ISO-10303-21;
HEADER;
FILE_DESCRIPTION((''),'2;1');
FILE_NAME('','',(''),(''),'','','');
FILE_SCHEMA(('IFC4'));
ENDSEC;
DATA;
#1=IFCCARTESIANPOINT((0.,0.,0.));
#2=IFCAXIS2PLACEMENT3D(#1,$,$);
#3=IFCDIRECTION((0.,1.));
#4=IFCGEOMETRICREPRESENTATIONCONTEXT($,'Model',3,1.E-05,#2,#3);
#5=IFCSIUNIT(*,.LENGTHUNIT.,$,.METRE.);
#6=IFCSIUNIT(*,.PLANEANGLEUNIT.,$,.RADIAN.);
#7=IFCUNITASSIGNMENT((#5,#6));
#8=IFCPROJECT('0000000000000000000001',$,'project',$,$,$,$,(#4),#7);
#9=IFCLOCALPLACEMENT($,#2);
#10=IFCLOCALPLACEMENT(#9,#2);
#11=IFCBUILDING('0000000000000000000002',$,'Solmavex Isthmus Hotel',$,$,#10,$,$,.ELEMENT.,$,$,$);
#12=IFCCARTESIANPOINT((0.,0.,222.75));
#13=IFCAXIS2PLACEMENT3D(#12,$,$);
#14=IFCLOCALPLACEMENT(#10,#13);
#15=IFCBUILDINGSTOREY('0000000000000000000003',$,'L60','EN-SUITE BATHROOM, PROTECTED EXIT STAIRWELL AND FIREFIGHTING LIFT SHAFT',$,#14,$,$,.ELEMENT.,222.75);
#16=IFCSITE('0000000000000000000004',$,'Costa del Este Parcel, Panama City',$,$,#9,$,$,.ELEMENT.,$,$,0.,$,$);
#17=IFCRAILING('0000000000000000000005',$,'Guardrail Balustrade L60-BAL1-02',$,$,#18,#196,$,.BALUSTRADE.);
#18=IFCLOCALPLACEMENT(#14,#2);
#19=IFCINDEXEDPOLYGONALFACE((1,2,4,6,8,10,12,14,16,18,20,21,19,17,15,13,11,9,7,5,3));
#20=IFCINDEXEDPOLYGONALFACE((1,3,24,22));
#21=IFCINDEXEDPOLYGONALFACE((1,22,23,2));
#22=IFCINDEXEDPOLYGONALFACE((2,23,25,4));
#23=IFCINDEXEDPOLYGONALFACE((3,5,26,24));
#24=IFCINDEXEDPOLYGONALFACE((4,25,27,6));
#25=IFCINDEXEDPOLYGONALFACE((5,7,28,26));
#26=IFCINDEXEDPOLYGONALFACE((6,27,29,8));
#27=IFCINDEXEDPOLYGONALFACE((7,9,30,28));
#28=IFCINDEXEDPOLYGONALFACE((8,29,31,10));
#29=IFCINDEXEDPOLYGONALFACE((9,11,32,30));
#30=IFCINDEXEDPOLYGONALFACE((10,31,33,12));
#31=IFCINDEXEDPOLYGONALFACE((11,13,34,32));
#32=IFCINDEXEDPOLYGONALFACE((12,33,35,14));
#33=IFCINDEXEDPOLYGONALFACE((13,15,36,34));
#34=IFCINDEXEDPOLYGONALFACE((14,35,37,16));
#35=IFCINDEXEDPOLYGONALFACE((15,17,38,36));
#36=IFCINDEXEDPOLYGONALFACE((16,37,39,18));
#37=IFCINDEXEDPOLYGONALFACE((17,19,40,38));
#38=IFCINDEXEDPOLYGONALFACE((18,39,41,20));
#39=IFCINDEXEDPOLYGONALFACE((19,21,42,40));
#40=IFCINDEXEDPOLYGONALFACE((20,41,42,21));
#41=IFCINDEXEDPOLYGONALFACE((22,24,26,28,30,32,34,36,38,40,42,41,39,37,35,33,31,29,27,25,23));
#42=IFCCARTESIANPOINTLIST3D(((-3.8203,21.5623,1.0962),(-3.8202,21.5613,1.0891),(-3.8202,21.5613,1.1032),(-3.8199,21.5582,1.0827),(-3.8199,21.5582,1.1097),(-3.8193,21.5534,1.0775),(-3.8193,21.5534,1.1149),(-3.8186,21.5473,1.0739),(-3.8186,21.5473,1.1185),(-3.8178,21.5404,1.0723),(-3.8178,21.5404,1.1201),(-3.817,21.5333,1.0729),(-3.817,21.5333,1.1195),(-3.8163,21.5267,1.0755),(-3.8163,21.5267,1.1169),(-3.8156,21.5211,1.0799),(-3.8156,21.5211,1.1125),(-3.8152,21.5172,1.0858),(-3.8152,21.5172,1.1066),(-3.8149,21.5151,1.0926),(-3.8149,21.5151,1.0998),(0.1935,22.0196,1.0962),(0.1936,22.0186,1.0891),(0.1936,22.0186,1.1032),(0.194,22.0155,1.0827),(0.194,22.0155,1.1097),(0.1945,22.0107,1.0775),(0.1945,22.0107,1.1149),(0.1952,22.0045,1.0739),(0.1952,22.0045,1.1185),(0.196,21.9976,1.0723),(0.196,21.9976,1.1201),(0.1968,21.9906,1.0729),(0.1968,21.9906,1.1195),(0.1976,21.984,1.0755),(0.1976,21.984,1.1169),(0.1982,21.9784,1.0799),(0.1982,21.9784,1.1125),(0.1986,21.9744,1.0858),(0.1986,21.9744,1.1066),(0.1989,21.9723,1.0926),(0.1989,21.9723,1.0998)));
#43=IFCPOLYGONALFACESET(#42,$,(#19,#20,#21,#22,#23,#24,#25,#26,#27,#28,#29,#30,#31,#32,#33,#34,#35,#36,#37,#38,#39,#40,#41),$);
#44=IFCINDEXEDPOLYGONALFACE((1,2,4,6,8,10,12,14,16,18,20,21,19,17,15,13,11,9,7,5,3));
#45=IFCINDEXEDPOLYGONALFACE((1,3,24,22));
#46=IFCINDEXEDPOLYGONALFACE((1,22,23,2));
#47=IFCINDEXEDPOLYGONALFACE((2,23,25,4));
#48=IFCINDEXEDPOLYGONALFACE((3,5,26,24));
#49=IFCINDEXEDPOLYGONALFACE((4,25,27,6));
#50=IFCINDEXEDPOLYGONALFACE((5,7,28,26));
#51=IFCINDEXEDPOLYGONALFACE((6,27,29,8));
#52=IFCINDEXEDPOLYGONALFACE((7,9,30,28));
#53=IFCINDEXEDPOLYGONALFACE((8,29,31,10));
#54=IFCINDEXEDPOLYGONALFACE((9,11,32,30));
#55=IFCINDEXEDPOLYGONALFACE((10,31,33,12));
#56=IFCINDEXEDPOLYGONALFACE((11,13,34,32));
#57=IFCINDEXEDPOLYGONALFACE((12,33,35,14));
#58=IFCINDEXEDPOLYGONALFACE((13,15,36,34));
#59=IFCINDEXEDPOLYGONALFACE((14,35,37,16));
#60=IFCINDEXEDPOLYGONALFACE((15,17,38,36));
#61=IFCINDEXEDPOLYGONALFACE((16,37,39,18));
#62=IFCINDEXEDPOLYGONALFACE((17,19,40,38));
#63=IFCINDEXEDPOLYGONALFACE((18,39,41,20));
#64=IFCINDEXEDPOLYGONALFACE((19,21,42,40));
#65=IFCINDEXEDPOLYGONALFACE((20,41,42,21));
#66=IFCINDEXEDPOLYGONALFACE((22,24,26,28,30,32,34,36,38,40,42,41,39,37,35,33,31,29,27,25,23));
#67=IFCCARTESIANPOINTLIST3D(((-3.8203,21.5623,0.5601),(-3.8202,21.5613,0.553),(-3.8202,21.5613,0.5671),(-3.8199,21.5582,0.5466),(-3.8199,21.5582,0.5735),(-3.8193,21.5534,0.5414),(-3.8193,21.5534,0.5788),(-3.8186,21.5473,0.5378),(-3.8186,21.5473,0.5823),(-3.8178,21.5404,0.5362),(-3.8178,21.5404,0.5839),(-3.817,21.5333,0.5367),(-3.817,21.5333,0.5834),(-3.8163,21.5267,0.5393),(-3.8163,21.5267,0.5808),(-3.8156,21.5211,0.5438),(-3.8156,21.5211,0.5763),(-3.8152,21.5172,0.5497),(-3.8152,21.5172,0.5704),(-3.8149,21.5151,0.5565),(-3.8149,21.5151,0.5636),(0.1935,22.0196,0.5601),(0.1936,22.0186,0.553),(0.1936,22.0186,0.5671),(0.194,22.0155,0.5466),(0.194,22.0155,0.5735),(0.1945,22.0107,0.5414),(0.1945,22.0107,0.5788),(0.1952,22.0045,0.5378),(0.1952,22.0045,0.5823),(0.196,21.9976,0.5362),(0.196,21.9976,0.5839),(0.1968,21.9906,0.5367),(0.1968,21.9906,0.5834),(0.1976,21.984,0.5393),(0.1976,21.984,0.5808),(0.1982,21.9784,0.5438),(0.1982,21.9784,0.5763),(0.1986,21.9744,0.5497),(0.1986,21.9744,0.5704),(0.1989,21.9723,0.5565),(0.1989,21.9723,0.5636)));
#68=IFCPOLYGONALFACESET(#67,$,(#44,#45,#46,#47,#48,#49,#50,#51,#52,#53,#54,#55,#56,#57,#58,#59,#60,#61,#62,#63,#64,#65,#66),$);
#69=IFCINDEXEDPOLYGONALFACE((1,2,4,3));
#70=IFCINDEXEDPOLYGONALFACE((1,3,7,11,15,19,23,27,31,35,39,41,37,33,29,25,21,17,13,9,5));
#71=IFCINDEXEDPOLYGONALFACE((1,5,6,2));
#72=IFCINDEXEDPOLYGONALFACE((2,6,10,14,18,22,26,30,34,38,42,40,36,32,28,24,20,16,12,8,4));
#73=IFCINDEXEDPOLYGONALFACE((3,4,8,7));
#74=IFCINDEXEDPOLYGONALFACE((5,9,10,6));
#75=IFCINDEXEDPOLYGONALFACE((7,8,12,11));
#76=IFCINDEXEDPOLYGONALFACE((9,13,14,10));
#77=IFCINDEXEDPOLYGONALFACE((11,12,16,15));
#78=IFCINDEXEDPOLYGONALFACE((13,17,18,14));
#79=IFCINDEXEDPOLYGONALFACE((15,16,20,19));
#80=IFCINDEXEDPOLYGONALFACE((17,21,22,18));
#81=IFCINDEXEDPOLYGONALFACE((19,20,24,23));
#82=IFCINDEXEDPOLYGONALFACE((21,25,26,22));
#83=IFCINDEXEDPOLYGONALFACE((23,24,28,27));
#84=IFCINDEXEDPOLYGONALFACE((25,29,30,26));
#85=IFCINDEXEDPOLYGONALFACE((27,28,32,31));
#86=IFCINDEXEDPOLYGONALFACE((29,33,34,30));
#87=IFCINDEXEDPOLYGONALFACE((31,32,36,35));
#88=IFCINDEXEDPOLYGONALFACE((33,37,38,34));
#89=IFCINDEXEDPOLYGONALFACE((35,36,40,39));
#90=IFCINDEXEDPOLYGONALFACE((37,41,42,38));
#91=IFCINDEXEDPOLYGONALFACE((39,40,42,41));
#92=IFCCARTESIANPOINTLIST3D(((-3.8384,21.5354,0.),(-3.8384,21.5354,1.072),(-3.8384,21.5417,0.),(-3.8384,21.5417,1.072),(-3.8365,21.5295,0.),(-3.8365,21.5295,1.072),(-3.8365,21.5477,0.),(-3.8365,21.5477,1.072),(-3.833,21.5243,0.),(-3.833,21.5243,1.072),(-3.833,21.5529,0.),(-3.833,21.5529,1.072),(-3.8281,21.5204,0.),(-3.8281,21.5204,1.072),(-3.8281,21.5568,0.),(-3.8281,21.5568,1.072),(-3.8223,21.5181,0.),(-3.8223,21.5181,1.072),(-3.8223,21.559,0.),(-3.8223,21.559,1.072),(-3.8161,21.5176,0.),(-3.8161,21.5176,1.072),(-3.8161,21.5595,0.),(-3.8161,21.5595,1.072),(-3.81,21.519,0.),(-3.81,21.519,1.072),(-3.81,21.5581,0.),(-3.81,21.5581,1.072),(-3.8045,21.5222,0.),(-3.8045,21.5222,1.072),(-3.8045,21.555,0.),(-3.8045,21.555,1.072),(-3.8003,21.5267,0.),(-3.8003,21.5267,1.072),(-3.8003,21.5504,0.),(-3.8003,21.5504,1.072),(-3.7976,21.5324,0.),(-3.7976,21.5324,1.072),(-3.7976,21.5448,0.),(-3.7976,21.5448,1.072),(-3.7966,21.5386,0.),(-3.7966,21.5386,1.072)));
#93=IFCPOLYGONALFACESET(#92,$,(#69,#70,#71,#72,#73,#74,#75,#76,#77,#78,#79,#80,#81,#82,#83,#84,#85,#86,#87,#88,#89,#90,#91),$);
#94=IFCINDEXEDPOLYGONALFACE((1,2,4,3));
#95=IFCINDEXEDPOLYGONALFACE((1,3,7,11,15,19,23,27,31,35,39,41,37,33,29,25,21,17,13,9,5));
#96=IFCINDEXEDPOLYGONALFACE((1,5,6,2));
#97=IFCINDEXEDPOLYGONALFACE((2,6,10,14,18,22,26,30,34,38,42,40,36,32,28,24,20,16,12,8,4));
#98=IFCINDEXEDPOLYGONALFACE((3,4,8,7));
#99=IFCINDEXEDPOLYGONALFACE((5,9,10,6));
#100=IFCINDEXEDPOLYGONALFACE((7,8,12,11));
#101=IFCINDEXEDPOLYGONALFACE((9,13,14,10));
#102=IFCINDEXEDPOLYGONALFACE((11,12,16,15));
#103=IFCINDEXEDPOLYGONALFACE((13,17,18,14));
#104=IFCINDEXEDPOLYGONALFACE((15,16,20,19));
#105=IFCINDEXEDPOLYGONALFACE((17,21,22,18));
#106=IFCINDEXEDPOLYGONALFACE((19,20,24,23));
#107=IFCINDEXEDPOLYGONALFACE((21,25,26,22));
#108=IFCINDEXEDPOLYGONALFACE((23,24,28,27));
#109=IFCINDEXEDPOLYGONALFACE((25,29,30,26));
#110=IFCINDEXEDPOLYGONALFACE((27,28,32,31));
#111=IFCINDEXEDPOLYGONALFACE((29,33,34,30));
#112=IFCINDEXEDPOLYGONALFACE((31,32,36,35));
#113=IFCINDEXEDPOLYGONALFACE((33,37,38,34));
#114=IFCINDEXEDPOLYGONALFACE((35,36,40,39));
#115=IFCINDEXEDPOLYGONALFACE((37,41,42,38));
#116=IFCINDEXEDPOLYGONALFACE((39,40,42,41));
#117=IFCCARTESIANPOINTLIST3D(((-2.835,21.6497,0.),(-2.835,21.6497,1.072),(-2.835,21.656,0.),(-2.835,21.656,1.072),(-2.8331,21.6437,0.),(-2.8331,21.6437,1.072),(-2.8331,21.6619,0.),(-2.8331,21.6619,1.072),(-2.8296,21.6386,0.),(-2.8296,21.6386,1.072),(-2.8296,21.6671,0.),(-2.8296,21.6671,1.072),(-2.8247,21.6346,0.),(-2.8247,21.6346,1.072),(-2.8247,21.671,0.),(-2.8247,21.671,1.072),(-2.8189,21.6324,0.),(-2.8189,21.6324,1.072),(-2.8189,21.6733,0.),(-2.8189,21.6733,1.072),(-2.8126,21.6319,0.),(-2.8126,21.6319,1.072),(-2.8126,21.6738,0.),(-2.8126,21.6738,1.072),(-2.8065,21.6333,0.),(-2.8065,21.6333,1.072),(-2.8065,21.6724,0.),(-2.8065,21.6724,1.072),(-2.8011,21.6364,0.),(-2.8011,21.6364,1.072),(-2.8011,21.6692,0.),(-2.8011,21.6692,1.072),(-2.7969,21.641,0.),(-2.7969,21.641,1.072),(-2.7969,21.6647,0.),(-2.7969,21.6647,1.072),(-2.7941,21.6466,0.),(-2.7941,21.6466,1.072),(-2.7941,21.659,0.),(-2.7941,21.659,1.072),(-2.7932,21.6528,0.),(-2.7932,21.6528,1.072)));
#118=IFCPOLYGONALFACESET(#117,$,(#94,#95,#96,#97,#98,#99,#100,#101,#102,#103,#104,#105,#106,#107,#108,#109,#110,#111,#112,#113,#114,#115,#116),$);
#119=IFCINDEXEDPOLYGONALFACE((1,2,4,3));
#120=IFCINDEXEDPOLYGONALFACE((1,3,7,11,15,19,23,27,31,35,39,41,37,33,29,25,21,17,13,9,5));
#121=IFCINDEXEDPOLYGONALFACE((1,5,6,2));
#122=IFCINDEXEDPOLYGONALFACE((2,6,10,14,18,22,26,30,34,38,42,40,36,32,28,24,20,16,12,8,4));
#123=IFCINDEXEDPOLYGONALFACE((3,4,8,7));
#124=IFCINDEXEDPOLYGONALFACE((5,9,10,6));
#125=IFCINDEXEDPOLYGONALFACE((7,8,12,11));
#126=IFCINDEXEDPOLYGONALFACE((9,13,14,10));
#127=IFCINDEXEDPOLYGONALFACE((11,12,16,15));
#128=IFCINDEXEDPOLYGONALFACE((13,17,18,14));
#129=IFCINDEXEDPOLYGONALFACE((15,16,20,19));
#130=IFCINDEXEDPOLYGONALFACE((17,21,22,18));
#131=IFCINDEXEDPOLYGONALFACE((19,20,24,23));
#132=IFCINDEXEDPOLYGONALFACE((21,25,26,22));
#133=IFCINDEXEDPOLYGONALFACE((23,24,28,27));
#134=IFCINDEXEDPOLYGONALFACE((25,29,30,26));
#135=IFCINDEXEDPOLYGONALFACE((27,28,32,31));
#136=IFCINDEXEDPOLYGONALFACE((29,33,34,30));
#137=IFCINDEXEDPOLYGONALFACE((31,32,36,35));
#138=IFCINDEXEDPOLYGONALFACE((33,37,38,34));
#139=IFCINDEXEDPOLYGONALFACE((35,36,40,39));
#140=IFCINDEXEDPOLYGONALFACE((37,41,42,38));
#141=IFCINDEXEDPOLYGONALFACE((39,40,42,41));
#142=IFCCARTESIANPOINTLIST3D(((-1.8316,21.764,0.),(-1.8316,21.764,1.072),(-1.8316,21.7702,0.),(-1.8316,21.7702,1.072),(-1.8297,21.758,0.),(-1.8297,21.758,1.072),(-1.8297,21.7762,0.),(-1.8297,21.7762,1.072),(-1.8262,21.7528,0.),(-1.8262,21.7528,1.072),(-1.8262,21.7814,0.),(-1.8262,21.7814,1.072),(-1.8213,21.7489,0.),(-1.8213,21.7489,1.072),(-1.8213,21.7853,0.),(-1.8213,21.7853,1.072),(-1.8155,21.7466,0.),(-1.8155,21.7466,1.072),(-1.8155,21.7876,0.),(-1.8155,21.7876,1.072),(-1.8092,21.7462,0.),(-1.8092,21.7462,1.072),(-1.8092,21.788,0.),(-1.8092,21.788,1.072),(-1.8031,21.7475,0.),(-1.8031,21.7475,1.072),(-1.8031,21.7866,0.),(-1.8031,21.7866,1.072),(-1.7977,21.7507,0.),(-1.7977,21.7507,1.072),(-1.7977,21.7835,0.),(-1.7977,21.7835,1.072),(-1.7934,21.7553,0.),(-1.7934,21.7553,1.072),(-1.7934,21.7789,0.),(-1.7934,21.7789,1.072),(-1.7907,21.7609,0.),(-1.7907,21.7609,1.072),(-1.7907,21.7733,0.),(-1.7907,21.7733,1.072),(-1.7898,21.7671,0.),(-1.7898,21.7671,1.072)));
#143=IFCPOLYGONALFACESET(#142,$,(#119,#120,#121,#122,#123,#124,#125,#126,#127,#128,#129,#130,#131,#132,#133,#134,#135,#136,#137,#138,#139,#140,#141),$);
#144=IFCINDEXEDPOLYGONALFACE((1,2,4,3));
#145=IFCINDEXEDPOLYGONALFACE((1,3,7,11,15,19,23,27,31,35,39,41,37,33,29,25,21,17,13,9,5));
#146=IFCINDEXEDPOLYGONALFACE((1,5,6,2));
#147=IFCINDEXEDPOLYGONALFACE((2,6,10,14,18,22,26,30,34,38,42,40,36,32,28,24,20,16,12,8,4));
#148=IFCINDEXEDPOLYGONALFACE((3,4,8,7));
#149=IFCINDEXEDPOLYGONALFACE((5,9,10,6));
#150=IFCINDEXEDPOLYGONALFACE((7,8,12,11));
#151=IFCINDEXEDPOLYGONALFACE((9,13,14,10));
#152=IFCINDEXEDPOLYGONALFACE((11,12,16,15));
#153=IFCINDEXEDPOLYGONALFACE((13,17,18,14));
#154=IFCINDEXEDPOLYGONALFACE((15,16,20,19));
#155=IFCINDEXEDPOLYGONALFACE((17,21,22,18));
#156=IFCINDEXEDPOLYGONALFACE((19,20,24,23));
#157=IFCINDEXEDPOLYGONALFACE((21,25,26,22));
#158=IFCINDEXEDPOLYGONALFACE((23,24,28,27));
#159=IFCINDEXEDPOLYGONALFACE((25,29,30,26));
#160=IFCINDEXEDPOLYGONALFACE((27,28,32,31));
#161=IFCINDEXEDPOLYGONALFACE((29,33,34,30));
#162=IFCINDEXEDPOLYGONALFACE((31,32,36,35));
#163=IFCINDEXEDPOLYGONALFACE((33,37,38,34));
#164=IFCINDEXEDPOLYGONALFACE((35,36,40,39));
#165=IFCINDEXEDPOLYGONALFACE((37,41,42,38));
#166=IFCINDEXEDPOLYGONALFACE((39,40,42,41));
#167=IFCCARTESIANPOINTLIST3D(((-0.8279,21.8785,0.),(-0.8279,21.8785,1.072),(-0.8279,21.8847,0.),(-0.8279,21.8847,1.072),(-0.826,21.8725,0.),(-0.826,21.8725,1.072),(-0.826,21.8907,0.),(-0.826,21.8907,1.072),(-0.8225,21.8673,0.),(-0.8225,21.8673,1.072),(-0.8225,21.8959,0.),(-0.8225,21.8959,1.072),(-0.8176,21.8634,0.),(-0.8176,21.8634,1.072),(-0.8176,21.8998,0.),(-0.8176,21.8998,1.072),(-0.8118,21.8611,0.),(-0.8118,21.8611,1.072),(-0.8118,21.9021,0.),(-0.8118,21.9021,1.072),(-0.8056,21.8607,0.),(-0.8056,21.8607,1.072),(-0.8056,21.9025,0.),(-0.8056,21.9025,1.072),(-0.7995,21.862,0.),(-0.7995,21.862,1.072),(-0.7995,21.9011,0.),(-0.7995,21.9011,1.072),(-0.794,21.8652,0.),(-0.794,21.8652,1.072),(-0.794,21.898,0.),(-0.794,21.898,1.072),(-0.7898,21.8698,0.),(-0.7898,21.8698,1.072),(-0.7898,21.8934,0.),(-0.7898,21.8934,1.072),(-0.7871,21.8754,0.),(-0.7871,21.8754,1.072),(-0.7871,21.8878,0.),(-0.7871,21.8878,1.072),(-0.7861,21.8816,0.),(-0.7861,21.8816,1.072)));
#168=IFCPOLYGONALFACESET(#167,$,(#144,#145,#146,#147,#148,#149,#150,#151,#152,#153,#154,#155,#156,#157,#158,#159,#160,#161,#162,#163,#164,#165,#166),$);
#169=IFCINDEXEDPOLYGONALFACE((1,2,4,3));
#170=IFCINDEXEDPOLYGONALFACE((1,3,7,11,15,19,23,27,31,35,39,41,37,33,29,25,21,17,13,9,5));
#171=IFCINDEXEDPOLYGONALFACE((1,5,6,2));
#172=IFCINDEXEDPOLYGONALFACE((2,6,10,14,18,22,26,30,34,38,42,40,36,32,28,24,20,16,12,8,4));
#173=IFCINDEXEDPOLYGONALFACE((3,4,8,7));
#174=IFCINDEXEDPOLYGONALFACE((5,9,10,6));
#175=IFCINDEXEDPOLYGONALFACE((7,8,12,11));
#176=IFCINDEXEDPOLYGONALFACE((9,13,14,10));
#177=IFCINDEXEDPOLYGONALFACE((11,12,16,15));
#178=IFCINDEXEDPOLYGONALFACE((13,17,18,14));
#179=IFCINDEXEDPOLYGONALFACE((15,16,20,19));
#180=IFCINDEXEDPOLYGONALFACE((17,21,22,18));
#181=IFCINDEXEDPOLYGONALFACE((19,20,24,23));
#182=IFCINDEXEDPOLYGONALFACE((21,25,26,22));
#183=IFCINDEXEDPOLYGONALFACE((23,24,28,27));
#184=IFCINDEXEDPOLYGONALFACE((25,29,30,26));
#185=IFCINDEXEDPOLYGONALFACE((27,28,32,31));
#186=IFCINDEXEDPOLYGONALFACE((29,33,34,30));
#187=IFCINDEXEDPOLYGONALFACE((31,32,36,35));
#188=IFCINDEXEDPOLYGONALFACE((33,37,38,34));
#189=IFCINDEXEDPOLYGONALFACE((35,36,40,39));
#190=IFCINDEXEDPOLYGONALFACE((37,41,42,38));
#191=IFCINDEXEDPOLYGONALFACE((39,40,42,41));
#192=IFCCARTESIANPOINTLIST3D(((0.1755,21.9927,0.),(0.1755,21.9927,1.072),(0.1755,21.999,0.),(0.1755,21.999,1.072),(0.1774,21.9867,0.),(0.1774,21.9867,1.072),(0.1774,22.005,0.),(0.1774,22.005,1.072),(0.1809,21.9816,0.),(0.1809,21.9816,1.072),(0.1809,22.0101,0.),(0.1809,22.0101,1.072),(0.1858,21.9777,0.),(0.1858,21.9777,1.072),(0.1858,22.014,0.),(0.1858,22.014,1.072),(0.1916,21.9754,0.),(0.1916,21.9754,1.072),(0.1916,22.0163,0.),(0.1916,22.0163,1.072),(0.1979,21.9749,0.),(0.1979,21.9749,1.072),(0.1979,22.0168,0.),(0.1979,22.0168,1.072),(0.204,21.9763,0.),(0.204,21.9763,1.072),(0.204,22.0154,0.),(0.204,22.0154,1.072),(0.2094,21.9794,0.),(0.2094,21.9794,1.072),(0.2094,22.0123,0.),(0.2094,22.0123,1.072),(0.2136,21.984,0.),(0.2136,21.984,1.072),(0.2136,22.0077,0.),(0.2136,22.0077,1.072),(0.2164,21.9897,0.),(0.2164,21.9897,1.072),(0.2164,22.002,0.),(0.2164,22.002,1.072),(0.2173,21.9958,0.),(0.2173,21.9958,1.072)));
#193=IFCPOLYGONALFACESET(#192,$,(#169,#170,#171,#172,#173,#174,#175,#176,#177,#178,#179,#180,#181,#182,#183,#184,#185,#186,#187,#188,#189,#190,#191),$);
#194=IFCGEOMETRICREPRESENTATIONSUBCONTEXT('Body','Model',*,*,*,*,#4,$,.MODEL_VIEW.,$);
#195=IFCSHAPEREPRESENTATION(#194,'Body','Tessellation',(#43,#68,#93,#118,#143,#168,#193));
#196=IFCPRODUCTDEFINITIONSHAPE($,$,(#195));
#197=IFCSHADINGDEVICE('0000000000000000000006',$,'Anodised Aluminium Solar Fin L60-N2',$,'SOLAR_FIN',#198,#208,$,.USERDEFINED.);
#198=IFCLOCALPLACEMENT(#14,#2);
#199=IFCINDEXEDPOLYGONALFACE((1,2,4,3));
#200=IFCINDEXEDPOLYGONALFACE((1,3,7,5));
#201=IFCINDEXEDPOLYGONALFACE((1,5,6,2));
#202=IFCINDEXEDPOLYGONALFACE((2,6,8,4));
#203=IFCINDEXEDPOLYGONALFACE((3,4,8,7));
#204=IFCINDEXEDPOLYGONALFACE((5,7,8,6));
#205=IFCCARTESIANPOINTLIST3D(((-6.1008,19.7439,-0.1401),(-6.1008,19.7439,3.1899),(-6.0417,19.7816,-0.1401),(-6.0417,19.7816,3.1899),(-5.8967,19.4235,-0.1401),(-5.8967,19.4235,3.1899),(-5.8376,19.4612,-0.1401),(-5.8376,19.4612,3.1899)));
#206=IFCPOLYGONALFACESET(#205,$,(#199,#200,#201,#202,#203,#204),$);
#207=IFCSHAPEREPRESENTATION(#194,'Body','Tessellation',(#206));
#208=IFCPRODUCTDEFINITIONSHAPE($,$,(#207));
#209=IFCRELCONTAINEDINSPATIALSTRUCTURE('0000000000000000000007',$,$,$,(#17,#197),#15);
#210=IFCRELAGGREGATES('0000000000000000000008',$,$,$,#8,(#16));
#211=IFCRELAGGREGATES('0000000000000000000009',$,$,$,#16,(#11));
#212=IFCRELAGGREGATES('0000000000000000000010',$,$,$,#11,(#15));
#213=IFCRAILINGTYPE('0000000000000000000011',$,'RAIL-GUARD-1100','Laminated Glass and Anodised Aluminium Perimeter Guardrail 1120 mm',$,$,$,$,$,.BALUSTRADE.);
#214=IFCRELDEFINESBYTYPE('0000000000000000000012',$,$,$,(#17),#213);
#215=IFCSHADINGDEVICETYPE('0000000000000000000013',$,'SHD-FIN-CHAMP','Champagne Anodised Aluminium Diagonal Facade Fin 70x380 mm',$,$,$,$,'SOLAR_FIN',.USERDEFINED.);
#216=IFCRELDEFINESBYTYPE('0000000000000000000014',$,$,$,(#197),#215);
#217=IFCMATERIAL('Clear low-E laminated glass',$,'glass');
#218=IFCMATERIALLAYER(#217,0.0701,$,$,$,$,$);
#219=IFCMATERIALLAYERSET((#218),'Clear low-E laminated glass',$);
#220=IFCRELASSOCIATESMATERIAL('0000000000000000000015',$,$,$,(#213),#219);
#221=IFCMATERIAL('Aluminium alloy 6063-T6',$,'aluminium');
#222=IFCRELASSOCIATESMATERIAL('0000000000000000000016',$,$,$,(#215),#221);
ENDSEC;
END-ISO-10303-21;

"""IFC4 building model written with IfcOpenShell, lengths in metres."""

from ifc_helpers import new_model, si_unit, direction, frame, origin, origin_2d, place, context, subcontext, project, spatial, rectangle, circle, extrude, material, layer, layer_set, type_object, element, save


model = new_model("IFC4")

# Units and contexts
model_context = context("Model", 3, precision=1e-05, world=origin(), true_north=direction((0.0, 1.0)))
body_context = subcontext(model_context, "Body", "Model", "MODEL_VIEW")
ifc_project = project(units=[si_unit("LENGTHUNIT", "METRE"), si_unit("PLANEANGLEUNIT", "RADIAN")], contexts=[model_context])

# Site, building, storey
site_placement = place(None, origin())
site = spatial("IfcSite", under=ifc_project, at=site_placement, Name="Costa del Este Parcel, Panama City", CompositionType="ELEMENT", RefElevation=0.0)
building_placement = place(site_placement, origin())
building = spatial("IfcBuilding", under=site, at=building_placement, Name="Solmavex Isthmus Hotel", CompositionType="ELEMENT")
storey_placement = place(building_placement, frame((0.0, 0.0, 222.75)))
storey = spatial("IfcBuildingStorey", under=building, at=storey_placement, Name="L60", Description="EN-SUITE BATHROOM, PROTECTED EXIT STAIRWELL AND FIREFIGHTING LIFT SHAFT", CompositionType="ELEMENT", Elevation=222.75)

# Shared definitions
ifc_material_1 = material(Name="Aluminium alloy 6063-T6", Category="aluminium")

# Shared definitions
ifc_material_2 = material(Name="Clear low-E laminated glass", Category="glass")

# Railing
ifc_layer_1 = layer(ifc_material_2, 0.0701)
ifc_layer_set_1 = layer_set([ifc_layer_1], Name="Clear low-E laminated glass")
railing_type = type_object("IfcRailingType", Name="RAIL-GUARD-1100", Description="Laminated Glass and Anodised Aluminium Perimeter Guardrail 1120 mm", PredefinedType="BALUSTRADE", material=ifc_layer_set_1)
railing_1_placement = place(storey_placement, frame((-3.8176, 21.5386, 0.0)))
element("IfcRailing", 1, at=railing_1_placement, inside=storey, type_object=railing_type, Name="Guardrail Balustrade L60-BAL1-02", PredefinedType="BALUSTRADE", context=body_context, shape_type="SweptSolid", body=[
    extrude(circle(Radius=0.0239, at=origin_2d()), frame((0.0, 0.0, 1.0962), z_axis=(0.993573, 0.11319, 0.0), x_axis=(-0.11319, 0.993573, 0.0)), (0.0, 0.0, 1.0), 4.0398),
    extrude(circle(Radius=0.0239, at=origin_2d()), frame((0.0, 0.0, 0.5601), z_axis=(0.993573, 0.11319, 0.0), x_axis=(-0.11319, 0.993573, 0.0)), (0.0, 0.0, 1.0), 4.0398),
    extrude(circle(Radius=0.021, at=origin_2d()), origin(), (0.0, 0.0, 1.0), 1.072),
    extrude(circle(Radius=0.021, at=origin_2d()), frame((1.0034, 0.1143, 0.0)), (0.0, 0.0, 1.0), 1.072),
    extrude(circle(Radius=0.021, at=origin_2d()), frame((2.0068, 0.2285, 0.0)), (0.0, 0.0, 1.0), 1.072),
    extrude(circle(Radius=0.021, at=origin_2d()), frame((3.0105, 0.343, 0.0)), (0.0, 0.0, 1.0), 1.072),
    extrude(circle(Radius=0.021, at=origin_2d()), frame((4.0139, 0.4573, 0.0)), (0.0, 0.0, 1.0), 1.072),
])

# Shading device
shading_device_type = type_object("IfcShadingDeviceType", Name="SHD-FIN-CHAMP", Description="Champagne Anodised Aluminium Diagonal Facade Fin 70x380 mm", ElementType="SOLAR_FIN", PredefinedType="USERDEFINED", material=ifc_material_1)
shading_device_placement = place(storey_placement, frame((-5.9692, 19.6025, -0.1401), z_axis=(0.0, 0.0, 1.0), x_axis=(-0.5373, 0.843391, 0.0)))
element("IfcShadingDevice", 2, at=shading_device_placement, inside=storey, type_object=shading_device_type, Name="Anodised Aluminium Solar Fin L60-N2", ObjectType="SOLAR_FIN", PredefinedType="USERDEFINED", context=body_context, shape_type="SweptSolid", body=[
    extrude(rectangle(XDim=0.3799, YDim=0.0701, at=origin_2d()), origin(), (0.0, 0.0, 1.0), 3.3301),
])

save(model, "model.ifc")
